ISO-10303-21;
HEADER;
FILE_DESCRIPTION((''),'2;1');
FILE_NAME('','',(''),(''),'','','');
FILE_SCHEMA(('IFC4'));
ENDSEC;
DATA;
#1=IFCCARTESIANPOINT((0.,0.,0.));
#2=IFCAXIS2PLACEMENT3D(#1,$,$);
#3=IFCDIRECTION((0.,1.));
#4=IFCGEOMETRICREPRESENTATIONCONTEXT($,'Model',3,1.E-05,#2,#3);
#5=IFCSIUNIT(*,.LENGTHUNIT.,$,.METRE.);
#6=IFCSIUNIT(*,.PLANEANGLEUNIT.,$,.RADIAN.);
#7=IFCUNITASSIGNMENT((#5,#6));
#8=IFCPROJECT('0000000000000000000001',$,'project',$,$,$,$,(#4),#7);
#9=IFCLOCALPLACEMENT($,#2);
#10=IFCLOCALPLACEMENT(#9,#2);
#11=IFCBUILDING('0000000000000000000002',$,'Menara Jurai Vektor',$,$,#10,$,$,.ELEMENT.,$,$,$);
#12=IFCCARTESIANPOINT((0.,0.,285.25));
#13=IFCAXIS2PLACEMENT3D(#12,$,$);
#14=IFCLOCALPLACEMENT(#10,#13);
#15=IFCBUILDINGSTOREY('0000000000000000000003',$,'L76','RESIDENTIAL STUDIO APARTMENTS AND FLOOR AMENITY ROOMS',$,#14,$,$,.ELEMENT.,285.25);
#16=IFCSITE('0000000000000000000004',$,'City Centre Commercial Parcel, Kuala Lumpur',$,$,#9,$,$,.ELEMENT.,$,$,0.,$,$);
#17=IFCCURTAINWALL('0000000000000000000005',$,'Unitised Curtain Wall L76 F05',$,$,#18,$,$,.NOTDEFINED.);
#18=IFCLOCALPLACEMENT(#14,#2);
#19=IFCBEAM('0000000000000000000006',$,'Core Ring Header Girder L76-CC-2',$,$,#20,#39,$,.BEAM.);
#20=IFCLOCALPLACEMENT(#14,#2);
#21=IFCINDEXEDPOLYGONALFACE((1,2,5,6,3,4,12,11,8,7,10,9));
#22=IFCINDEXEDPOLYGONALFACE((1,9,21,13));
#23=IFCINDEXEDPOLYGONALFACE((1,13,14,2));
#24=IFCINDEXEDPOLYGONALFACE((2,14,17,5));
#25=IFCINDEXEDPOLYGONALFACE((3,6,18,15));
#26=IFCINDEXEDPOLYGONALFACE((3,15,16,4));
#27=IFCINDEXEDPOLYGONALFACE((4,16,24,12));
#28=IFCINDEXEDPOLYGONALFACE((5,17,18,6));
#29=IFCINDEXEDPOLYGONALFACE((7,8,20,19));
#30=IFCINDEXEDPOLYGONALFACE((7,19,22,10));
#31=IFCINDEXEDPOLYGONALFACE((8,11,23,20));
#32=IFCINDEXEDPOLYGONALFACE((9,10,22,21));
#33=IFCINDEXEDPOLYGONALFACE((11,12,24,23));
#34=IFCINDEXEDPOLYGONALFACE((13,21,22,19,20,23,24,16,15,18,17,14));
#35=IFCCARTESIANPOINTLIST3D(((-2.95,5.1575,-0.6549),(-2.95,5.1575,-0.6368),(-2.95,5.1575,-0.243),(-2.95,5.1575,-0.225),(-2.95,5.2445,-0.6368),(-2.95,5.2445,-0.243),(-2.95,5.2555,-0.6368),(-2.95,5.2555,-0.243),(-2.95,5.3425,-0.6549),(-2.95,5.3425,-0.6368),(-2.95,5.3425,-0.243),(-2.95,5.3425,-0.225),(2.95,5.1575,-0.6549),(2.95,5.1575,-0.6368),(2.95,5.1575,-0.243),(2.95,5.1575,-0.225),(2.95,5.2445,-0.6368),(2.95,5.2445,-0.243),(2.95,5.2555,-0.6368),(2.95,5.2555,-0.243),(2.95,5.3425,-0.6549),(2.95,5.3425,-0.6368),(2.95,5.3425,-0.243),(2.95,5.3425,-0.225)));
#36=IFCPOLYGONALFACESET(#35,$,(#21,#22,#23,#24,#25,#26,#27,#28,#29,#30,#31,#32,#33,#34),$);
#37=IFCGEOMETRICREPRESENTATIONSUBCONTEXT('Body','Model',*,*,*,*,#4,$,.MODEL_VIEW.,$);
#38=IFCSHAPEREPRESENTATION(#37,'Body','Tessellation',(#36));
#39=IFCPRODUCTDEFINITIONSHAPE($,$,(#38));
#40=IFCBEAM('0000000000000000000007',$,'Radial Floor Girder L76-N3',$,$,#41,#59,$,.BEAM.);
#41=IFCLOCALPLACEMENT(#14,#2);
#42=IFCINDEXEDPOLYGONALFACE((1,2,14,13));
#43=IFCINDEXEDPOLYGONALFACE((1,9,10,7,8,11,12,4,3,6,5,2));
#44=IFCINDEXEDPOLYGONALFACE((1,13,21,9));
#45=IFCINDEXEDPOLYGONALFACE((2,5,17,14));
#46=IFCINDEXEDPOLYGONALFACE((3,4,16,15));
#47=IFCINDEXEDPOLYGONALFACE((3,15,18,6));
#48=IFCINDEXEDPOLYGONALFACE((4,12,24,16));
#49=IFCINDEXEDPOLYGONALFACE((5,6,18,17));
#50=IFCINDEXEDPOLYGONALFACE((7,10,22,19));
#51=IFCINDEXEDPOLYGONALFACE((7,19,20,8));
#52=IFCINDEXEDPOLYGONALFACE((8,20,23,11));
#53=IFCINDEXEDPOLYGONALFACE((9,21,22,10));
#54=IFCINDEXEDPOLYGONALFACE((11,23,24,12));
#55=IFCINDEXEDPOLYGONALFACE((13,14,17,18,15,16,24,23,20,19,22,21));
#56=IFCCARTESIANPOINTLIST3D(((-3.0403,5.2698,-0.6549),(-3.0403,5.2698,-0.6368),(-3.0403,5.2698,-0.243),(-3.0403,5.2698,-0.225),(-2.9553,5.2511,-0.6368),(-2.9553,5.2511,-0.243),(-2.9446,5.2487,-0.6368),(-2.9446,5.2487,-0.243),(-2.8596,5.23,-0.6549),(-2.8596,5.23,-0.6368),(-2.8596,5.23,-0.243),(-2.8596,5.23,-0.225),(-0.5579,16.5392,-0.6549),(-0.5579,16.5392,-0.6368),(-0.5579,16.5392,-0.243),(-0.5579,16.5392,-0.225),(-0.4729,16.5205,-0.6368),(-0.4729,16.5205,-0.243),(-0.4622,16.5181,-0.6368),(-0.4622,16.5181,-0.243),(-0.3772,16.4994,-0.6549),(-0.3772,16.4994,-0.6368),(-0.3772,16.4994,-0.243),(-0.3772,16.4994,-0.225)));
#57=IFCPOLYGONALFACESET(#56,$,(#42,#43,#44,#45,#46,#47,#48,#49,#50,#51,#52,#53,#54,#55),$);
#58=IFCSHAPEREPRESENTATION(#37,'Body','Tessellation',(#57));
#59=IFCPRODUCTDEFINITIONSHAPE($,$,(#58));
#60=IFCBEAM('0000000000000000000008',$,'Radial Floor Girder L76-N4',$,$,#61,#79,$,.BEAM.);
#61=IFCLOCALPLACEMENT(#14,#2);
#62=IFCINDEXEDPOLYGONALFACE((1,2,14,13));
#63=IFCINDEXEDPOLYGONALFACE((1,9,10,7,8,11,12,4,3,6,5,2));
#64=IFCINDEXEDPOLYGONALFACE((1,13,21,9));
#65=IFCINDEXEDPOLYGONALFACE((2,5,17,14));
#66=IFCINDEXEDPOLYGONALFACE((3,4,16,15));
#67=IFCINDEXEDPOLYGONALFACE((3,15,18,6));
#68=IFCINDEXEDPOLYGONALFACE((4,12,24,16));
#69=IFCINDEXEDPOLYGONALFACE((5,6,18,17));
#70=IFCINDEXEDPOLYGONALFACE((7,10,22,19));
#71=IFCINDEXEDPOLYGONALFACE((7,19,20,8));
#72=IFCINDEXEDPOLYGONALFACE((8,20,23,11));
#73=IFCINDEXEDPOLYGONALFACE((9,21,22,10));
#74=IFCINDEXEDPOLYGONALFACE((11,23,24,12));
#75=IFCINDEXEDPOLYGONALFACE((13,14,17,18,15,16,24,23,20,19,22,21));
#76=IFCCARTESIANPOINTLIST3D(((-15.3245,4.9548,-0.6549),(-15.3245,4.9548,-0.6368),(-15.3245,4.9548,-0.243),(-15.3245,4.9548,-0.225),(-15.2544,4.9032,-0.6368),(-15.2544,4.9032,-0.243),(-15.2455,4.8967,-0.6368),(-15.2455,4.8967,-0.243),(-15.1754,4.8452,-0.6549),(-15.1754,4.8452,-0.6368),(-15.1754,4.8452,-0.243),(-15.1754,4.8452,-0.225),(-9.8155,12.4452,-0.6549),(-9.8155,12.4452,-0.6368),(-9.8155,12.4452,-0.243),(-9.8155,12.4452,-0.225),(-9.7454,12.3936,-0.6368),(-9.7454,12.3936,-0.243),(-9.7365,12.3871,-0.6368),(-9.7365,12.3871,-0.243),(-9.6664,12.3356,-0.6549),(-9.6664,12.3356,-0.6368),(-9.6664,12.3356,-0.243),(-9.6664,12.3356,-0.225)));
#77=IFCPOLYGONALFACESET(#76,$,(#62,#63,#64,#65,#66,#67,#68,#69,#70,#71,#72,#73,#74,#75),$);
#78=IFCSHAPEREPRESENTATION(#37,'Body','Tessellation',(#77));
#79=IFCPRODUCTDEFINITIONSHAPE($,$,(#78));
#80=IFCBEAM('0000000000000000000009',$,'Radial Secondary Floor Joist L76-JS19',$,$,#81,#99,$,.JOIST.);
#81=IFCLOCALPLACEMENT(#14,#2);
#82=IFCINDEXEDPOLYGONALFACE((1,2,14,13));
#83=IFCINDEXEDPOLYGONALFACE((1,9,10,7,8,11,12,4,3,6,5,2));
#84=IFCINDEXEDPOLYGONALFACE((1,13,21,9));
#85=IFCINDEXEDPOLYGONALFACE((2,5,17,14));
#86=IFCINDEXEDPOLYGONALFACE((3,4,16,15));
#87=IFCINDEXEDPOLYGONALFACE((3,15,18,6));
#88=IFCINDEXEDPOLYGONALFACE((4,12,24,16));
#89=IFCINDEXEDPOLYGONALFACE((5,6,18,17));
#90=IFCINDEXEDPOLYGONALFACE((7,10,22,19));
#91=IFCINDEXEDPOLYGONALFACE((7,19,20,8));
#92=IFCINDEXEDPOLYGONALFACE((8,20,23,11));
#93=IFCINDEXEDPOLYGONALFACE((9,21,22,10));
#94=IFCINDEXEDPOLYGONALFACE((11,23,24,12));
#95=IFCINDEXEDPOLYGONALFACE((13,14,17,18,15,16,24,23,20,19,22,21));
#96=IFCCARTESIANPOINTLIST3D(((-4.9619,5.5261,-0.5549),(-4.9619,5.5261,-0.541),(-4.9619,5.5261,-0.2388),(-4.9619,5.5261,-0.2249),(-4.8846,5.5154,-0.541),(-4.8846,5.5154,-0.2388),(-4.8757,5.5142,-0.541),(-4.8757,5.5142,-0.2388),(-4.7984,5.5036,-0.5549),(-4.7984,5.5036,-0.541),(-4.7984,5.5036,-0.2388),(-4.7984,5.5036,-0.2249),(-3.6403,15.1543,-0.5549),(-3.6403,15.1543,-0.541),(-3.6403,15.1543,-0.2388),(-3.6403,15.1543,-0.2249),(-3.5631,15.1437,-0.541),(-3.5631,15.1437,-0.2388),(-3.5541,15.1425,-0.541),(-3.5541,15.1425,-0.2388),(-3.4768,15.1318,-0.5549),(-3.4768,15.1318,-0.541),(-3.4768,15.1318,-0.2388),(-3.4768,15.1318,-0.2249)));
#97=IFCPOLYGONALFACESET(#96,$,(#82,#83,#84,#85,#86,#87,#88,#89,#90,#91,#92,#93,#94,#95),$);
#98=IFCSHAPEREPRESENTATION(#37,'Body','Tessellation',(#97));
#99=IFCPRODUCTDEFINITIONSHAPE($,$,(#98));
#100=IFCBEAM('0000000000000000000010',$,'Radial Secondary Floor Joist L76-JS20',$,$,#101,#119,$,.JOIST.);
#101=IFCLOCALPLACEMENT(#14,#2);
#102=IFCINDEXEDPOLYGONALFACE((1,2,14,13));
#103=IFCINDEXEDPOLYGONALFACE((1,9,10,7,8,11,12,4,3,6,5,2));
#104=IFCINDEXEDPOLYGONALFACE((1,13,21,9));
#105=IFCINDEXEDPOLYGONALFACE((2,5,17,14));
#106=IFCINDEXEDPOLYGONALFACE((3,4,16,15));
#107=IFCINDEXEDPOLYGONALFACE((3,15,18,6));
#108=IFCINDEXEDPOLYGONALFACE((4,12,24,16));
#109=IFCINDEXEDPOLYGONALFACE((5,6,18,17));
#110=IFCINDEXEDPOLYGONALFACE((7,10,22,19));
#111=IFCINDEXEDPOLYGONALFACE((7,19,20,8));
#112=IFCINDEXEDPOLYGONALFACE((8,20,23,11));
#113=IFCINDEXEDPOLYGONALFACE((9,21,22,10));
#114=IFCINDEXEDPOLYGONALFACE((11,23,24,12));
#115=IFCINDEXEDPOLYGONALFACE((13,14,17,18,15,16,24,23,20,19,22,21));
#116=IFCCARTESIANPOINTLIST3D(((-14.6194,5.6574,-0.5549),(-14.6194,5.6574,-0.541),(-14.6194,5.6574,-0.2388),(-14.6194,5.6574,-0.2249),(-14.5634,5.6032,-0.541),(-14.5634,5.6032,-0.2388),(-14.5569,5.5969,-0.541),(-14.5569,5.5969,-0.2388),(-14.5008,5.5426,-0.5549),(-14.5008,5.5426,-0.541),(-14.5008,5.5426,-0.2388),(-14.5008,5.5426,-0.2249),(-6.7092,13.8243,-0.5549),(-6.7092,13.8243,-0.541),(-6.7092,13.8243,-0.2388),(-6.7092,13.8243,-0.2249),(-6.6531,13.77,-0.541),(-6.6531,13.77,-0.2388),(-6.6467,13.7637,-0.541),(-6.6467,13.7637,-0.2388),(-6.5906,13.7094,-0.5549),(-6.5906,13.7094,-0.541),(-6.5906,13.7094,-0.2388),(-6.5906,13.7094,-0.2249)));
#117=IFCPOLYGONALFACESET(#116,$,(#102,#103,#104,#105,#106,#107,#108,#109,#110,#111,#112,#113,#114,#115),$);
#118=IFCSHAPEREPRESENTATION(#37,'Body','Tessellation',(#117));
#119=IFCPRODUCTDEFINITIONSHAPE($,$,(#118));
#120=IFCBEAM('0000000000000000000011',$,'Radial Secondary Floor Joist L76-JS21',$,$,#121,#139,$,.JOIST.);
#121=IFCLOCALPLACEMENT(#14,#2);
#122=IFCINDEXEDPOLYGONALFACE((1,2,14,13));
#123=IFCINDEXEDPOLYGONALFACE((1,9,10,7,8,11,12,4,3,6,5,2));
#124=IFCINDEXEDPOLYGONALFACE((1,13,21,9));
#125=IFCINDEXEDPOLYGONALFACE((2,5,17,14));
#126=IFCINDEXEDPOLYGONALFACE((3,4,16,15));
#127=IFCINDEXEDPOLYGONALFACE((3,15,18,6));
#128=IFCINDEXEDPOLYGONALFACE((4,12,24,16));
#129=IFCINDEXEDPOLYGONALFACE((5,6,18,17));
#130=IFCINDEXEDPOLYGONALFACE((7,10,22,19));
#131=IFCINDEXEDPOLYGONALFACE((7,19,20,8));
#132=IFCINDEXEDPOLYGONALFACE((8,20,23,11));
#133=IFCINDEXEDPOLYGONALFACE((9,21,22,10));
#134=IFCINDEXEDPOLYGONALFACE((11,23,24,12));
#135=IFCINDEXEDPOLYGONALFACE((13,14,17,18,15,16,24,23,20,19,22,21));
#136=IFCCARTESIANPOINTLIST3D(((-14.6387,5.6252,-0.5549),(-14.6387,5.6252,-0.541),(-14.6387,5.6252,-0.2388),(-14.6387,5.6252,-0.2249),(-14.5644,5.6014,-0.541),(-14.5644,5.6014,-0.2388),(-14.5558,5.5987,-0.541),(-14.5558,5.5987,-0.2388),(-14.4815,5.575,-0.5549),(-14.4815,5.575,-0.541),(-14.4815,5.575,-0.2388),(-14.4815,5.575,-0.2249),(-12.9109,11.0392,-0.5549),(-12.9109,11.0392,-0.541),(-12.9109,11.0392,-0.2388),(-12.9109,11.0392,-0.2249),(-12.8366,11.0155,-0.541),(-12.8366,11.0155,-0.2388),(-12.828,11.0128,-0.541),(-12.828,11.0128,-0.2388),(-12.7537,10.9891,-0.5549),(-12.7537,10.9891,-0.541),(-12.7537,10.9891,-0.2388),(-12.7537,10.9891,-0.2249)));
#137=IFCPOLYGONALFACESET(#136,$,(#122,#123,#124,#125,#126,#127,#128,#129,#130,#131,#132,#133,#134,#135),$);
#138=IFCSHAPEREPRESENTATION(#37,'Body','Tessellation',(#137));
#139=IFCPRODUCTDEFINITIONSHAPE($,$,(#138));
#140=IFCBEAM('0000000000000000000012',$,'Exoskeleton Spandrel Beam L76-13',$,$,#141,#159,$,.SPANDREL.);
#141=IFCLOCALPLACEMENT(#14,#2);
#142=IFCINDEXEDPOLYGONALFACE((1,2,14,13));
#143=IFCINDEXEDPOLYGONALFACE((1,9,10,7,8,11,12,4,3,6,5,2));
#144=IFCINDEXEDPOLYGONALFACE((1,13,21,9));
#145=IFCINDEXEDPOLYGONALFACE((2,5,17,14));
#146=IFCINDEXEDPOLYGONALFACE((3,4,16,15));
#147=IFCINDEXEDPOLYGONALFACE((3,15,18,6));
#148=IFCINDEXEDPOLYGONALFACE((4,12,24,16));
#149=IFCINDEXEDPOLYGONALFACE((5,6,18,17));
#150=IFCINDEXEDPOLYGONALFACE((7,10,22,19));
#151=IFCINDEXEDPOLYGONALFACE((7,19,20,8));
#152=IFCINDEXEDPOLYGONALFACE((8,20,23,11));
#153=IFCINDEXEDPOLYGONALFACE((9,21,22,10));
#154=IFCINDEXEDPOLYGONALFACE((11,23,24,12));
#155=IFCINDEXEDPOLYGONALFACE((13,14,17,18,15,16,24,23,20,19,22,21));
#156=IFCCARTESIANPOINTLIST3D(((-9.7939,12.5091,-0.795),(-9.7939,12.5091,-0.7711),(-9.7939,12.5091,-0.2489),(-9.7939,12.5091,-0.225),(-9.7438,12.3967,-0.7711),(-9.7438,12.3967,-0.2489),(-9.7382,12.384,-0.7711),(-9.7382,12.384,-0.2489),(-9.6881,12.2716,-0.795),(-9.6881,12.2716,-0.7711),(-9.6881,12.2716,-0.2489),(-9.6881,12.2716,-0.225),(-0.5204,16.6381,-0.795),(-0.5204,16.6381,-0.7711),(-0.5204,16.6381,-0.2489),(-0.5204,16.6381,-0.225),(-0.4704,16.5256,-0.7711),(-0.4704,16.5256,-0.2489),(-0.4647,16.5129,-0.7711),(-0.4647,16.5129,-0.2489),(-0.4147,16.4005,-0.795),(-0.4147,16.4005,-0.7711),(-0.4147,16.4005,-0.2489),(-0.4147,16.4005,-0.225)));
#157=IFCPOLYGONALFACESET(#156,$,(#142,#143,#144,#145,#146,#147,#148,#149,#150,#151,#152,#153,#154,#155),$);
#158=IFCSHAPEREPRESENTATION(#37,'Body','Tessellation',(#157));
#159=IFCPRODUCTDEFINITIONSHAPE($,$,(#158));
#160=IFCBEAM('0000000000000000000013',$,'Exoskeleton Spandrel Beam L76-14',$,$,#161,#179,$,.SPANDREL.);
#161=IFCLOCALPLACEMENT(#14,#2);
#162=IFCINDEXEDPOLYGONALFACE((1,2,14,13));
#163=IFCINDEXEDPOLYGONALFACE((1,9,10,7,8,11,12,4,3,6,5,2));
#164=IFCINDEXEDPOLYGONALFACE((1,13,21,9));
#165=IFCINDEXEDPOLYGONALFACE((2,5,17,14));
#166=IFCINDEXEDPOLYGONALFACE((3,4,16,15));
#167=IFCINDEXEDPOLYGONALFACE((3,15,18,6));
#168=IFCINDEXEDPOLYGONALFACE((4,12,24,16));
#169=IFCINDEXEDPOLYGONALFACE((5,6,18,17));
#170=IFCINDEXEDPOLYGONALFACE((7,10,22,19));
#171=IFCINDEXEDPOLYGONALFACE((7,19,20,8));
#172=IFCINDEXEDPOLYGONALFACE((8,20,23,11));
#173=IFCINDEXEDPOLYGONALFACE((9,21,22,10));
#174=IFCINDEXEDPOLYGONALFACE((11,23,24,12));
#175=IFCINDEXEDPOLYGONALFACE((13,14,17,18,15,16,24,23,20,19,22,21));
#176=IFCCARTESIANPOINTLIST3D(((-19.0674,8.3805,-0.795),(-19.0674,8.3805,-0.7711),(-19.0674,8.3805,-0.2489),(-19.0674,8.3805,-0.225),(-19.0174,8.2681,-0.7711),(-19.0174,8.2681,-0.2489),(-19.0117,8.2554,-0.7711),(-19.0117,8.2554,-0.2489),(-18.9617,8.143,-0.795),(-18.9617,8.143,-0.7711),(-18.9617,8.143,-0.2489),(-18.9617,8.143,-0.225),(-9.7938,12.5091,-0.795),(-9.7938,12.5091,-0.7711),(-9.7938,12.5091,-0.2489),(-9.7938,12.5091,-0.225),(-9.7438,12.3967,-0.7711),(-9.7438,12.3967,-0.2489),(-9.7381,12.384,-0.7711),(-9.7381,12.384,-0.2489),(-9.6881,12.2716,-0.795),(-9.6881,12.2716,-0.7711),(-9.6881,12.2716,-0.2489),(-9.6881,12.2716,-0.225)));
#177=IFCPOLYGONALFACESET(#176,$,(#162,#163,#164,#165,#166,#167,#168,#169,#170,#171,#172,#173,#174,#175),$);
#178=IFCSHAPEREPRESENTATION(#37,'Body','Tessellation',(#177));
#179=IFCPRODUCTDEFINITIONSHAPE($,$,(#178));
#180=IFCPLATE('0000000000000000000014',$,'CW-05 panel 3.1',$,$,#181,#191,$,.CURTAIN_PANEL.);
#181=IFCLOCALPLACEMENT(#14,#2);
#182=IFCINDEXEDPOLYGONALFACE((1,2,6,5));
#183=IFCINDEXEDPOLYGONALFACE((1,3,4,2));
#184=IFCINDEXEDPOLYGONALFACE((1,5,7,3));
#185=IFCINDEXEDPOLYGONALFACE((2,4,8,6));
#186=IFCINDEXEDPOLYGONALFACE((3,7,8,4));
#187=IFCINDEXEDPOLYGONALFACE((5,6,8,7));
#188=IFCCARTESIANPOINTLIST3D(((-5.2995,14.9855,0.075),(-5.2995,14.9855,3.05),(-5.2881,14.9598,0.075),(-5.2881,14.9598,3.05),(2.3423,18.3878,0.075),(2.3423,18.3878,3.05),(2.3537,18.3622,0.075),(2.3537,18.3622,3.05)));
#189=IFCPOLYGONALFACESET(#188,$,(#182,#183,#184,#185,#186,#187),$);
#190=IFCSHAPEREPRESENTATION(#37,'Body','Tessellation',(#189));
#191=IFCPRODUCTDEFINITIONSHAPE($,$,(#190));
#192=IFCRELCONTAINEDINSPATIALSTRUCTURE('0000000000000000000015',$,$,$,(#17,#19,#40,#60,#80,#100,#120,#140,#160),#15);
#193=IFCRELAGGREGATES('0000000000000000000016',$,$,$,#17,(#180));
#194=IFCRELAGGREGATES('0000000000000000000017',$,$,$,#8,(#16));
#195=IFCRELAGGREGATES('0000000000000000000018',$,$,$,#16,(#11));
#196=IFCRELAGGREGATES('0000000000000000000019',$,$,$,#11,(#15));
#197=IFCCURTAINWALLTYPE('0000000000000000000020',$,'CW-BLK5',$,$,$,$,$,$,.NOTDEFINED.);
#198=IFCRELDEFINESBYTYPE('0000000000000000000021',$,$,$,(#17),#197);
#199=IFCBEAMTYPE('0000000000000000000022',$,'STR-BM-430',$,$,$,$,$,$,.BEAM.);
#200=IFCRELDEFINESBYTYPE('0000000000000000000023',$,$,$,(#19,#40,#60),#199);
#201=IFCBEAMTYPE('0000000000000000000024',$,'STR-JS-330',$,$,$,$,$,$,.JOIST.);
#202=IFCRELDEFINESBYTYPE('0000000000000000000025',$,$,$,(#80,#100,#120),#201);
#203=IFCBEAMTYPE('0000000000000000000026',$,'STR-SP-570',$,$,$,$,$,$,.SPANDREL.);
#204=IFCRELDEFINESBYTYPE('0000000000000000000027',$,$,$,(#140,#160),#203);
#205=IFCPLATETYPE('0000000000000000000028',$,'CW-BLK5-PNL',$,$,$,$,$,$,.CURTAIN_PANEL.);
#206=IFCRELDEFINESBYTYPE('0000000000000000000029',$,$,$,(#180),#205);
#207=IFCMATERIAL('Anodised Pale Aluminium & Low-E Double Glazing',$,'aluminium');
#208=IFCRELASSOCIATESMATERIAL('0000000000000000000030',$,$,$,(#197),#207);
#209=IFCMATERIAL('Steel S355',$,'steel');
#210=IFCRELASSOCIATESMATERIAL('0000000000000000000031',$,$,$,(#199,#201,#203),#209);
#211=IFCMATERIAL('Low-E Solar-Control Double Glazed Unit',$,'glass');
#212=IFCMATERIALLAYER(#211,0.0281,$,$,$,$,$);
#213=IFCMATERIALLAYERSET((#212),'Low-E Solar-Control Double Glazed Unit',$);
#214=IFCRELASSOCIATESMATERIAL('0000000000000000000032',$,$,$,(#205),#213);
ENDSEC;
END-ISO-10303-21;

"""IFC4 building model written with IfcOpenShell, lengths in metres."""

from ifc_helpers import new_model, si_unit, direction, frame, origin, origin_2d, place, context, subcontext, project, spatial, rectangle, i_section, extrude, material, layer, layer_set, material_profile, profile_set, type_object, element, aggregate, save


model = new_model("IFC4")

# Units and contexts
model_context = context("Model", 3, precision=1e-05, world=origin(), true_north=direction((0.0, 1.0)))
body_context = subcontext(model_context, "Body", "Model", "MODEL_VIEW")
ifc_project = project(units=[si_unit("LENGTHUNIT", "METRE"), si_unit("PLANEANGLEUNIT", "RADIAN")], contexts=[model_context])

# Site, building, storey
site_placement = place(None, origin())
site = spatial("IfcSite", under=ifc_project, at=site_placement, Name="City Centre Commercial Parcel, Kuala Lumpur", CompositionType="ELEMENT", RefElevation=0.0)
building_placement = place(site_placement, origin())
building = spatial("IfcBuilding", under=site, at=building_placement, Name="Menara Jurai Vektor", CompositionType="ELEMENT")
storey_placement = place(building_placement, frame((0.0, 0.0, 285.25)))
storey = spatial("IfcBuildingStorey", under=building, at=storey_placement, Name="L76", Description="RESIDENTIAL STUDIO APARTMENTS AND FLOOR AMENITY ROOMS", CompositionType="ELEMENT", Elevation=285.25)

# Shared definitions
ifc_material_1 = material(Name="Steel S355", Category="steel")

# Curtain wall
ifc_material_2 = material(Name="Anodised Pale Aluminium & Low-E Double Glazing", Category="aluminium")
curtain_wall_type = type_object("IfcCurtainWallType", Name="CW-BLK5", PredefinedType="NOTDEFINED", material=ifc_material_2)
curtain_wall_placement = place(storey_placement, origin())
curtain_wall = element("IfcCurtainWall", 1, at=curtain_wall_placement, inside=storey, type_object=curtain_wall_type, Name="Unitised Curtain Wall L76 F05", PredefinedType="NOTDEFINED")

# Beams
ifc_material_profile_1 = material_profile(ifc_material_1, i_section(OverallWidth=0.1851, OverallDepth=0.4299, WebThickness=0.011, FlangeThickness=0.0181, at=origin_2d()), Name="PG 430x185x76")
ifc_profile_set_1 = profile_set([ifc_material_profile_1], Name="Steel S355")
beam_type_1 = type_object("IfcBeamType", Name="STR-BM-430", PredefinedType="BEAM", material=ifc_profile_set_1)
beam_1_placement = place(storey_placement, frame((-2.95, 5.25, -0.4399), z_axis=(1.0, 0.0, 0.0), x_axis=(0.0, 1.0, 0.0)))
element("IfcBeam", 2, at=beam_1_placement, inside=storey, type_object=beam_type_1, Name="Core Ring Header Girder L76-CC-2", PredefinedType="BEAM", context=body_context, shape_type="SweptSolid", body=[
    extrude(i_section(OverallWidth=0.1851, OverallDepth=0.4299, WebThickness=0.011, FlangeThickness=0.0181, at=origin_2d()), origin(), (0.0, 0.0, 1.0), 5.8999),
])
beam_2_placement = place(storey_placement, frame((-0.4675, 16.5193, -0.4399), z_axis=(-0.215125, -0.976587, 0.0), x_axis=(0.976587, -0.215125, 0.0)))
element("IfcBeam", 3, at=beam_2_placement, inside=storey, type_object=beam_type_1, Name="Radial Floor Girder L76-N3", PredefinedType="BEAM", context=body_context, shape_type="SweptSolid", body=[
    extrude(i_section(OverallWidth=0.1851, OverallDepth=0.4299, WebThickness=0.011, FlangeThickness=0.0181, at=origin_2d()), origin(), (0.0, 0.0, 1.0), 11.5396),
])
beam_3_placement = place(storey_placement, frame((-9.741, 12.3904, -0.4399), z_axis=(-0.592483, -0.805583, 0.0), x_axis=(0.805583, -0.592483, 0.0)))
element("IfcBeam", 4, at=beam_3_placement, inside=storey, type_object=beam_type_1, Name="Radial Floor Girder L76-N4", PredefinedType="BEAM", context=body_context, shape_type="SweptSolid", body=[
    extrude(i_section(OverallWidth=0.1851, OverallDepth=0.4299, WebThickness=0.011, FlangeThickness=0.0181, at=origin_2d()), origin(), (0.0, 0.0, 1.0), 9.2981),
])
ifc_material_profile_2 = material_profile(ifc_material_1, i_section(OverallWidth=0.165, OverallDepth=0.3301, WebThickness=0.009, FlangeThickness=0.0139, at=origin_2d()), Name="PG 330x165x46")
ifc_profile_set_2 = profile_set([ifc_material_profile_2], Name="Steel S355")
beam_type_2 = type_object("IfcBeamType", Name="STR-JS-330", PredefinedType="JOIST", material=ifc_profile_set_2)
beam_4_placement = place(storey_placement, frame((-3.5586, 15.1431, -0.3899), z_axis=(-0.135982, -0.990711, 0.0), x_axis=(0.990711, -0.135982, 0.0)))
element("IfcBeam", 5, at=beam_4_placement, inside=storey, type_object=beam_type_2, Name="Radial Secondary Floor Joist L76-JS19", PredefinedType="JOIST", context=body_context, shape_type="SweptSolid", body=[
    extrude(i_section(OverallWidth=0.165, OverallDepth=0.3301, WebThickness=0.009, FlangeThickness=0.0139, at=origin_2d()), origin(), (0.0, 0.0, 1.0), 9.7185),
])
beam_5_placement = place(storey_placement, frame((-6.6499, 13.7668, -0.3899), z_axis=(-0.695733, -0.718301, 0.0), x_axis=(0.718301, -0.695733, 0.0)))
element("IfcBeam", 6, at=beam_5_placement, inside=storey, type_object=beam_type_2, Name="Radial Secondary Floor Joist L76-JS20", PredefinedType="JOIST", context=body_context, shape_type="SweptSolid", body=[
    extrude(i_section(OverallWidth=0.165, OverallDepth=0.3301, WebThickness=0.009, FlangeThickness=0.0139, at=origin_2d()), origin(), (0.0, 0.0, 1.0), 11.3696),
])
beam_6_placement = place(storey_placement, frame((-12.8323, 11.0142, -0.3899), z_axis=(-0.304023, -0.952665, 0.0), x_axis=(0.952665, -0.304023, 0.0)))
element("IfcBeam", 7, at=beam_6_placement, inside=storey, type_object=beam_type_2, Name="Radial Secondary Floor Joist L76-JS21", PredefinedType="JOIST", context=body_context, shape_type="SweptSolid", body=[
    extrude(i_section(OverallWidth=0.165, OverallDepth=0.3301, WebThickness=0.009, FlangeThickness=0.0139, at=origin_2d()), origin(), (0.0, 0.0, 1.0), 5.6831),
])
ifc_material_profile_3 = material_profile(ifc_material_1, i_section(OverallWidth=0.26, OverallDepth=0.5701, WebThickness=0.0139, FlangeThickness=0.0239, at=origin_2d()), Name="PG 570x260x145")
ifc_profile_set_3 = profile_set([ifc_material_profile_3], Name="Steel S355")
beam_type_3 = type_object("IfcBeamType", Name="STR-SP-570", PredefinedType="SPANDREL", material=ifc_profile_set_3)
for number, where, z_axis, x_axis, name in (
    (8, (-0.4675, 16.5193, -0.51), (-0.913542, -0.406745, 0.0), (0.406745, -0.913542, 0.0), "Exoskeleton Spandrel Beam L76-13"),
    (9, (-9.741, 12.3904, -0.51), (-0.913554, -0.406716, 0.0), (0.406716, -0.913554, 0.0), "Exoskeleton Spandrel Beam L76-14"),
):
    element("IfcBeam", number, at=place(storey_placement, frame(where, z_axis=z_axis, x_axis=x_axis)), inside=storey, type_object=beam_type_3, Name=name, PredefinedType="SPANDREL", context=body_context, shape_type="SweptSolid", body=[
        extrude(i_section(OverallWidth=0.26, OverallDepth=0.5701, WebThickness=0.0139, FlangeThickness=0.0239, at=origin_2d()), origin(), (0.0, 0.0, 1.0), 10.1511),
    ])

# Plate
ifc_material_3 = material(Name="Low-E Solar-Control Double Glazed Unit", Category="glass")
ifc_layer_1 = layer(ifc_material_3, 0.0281)
ifc_layer_set_1 = layer_set([ifc_layer_1], Name="Low-E Solar-Control Double Glazed Unit")
plate_type_1 = type_object("IfcPlateType", Name="CW-BLK5-PNL", PredefinedType="CURTAIN_PANEL", material=ifc_layer_set_1)
plate_1_placement = place(storey_placement, frame((-1.4729, 16.6738, 0.075), z_axis=(0.0, 0.0, 1.0), x_axis=(-0.913546, -0.406735, 0.0)))
plate_1 = element("IfcPlate", 10, at=plate_1_placement, type_object=plate_type_1, Name="CW-05 panel 3.1", PredefinedType="CURTAIN_PANEL", context=body_context, shape_type="SweptSolid", body=[
    extrude(rectangle(XDim=8.365, YDim=0.0281, at=origin_2d()), origin(), (0.0, 0.0, 1.0), 2.9751),
])
aggregate(curtain_wall, [plate_1])

save(model, "model.ifc")
